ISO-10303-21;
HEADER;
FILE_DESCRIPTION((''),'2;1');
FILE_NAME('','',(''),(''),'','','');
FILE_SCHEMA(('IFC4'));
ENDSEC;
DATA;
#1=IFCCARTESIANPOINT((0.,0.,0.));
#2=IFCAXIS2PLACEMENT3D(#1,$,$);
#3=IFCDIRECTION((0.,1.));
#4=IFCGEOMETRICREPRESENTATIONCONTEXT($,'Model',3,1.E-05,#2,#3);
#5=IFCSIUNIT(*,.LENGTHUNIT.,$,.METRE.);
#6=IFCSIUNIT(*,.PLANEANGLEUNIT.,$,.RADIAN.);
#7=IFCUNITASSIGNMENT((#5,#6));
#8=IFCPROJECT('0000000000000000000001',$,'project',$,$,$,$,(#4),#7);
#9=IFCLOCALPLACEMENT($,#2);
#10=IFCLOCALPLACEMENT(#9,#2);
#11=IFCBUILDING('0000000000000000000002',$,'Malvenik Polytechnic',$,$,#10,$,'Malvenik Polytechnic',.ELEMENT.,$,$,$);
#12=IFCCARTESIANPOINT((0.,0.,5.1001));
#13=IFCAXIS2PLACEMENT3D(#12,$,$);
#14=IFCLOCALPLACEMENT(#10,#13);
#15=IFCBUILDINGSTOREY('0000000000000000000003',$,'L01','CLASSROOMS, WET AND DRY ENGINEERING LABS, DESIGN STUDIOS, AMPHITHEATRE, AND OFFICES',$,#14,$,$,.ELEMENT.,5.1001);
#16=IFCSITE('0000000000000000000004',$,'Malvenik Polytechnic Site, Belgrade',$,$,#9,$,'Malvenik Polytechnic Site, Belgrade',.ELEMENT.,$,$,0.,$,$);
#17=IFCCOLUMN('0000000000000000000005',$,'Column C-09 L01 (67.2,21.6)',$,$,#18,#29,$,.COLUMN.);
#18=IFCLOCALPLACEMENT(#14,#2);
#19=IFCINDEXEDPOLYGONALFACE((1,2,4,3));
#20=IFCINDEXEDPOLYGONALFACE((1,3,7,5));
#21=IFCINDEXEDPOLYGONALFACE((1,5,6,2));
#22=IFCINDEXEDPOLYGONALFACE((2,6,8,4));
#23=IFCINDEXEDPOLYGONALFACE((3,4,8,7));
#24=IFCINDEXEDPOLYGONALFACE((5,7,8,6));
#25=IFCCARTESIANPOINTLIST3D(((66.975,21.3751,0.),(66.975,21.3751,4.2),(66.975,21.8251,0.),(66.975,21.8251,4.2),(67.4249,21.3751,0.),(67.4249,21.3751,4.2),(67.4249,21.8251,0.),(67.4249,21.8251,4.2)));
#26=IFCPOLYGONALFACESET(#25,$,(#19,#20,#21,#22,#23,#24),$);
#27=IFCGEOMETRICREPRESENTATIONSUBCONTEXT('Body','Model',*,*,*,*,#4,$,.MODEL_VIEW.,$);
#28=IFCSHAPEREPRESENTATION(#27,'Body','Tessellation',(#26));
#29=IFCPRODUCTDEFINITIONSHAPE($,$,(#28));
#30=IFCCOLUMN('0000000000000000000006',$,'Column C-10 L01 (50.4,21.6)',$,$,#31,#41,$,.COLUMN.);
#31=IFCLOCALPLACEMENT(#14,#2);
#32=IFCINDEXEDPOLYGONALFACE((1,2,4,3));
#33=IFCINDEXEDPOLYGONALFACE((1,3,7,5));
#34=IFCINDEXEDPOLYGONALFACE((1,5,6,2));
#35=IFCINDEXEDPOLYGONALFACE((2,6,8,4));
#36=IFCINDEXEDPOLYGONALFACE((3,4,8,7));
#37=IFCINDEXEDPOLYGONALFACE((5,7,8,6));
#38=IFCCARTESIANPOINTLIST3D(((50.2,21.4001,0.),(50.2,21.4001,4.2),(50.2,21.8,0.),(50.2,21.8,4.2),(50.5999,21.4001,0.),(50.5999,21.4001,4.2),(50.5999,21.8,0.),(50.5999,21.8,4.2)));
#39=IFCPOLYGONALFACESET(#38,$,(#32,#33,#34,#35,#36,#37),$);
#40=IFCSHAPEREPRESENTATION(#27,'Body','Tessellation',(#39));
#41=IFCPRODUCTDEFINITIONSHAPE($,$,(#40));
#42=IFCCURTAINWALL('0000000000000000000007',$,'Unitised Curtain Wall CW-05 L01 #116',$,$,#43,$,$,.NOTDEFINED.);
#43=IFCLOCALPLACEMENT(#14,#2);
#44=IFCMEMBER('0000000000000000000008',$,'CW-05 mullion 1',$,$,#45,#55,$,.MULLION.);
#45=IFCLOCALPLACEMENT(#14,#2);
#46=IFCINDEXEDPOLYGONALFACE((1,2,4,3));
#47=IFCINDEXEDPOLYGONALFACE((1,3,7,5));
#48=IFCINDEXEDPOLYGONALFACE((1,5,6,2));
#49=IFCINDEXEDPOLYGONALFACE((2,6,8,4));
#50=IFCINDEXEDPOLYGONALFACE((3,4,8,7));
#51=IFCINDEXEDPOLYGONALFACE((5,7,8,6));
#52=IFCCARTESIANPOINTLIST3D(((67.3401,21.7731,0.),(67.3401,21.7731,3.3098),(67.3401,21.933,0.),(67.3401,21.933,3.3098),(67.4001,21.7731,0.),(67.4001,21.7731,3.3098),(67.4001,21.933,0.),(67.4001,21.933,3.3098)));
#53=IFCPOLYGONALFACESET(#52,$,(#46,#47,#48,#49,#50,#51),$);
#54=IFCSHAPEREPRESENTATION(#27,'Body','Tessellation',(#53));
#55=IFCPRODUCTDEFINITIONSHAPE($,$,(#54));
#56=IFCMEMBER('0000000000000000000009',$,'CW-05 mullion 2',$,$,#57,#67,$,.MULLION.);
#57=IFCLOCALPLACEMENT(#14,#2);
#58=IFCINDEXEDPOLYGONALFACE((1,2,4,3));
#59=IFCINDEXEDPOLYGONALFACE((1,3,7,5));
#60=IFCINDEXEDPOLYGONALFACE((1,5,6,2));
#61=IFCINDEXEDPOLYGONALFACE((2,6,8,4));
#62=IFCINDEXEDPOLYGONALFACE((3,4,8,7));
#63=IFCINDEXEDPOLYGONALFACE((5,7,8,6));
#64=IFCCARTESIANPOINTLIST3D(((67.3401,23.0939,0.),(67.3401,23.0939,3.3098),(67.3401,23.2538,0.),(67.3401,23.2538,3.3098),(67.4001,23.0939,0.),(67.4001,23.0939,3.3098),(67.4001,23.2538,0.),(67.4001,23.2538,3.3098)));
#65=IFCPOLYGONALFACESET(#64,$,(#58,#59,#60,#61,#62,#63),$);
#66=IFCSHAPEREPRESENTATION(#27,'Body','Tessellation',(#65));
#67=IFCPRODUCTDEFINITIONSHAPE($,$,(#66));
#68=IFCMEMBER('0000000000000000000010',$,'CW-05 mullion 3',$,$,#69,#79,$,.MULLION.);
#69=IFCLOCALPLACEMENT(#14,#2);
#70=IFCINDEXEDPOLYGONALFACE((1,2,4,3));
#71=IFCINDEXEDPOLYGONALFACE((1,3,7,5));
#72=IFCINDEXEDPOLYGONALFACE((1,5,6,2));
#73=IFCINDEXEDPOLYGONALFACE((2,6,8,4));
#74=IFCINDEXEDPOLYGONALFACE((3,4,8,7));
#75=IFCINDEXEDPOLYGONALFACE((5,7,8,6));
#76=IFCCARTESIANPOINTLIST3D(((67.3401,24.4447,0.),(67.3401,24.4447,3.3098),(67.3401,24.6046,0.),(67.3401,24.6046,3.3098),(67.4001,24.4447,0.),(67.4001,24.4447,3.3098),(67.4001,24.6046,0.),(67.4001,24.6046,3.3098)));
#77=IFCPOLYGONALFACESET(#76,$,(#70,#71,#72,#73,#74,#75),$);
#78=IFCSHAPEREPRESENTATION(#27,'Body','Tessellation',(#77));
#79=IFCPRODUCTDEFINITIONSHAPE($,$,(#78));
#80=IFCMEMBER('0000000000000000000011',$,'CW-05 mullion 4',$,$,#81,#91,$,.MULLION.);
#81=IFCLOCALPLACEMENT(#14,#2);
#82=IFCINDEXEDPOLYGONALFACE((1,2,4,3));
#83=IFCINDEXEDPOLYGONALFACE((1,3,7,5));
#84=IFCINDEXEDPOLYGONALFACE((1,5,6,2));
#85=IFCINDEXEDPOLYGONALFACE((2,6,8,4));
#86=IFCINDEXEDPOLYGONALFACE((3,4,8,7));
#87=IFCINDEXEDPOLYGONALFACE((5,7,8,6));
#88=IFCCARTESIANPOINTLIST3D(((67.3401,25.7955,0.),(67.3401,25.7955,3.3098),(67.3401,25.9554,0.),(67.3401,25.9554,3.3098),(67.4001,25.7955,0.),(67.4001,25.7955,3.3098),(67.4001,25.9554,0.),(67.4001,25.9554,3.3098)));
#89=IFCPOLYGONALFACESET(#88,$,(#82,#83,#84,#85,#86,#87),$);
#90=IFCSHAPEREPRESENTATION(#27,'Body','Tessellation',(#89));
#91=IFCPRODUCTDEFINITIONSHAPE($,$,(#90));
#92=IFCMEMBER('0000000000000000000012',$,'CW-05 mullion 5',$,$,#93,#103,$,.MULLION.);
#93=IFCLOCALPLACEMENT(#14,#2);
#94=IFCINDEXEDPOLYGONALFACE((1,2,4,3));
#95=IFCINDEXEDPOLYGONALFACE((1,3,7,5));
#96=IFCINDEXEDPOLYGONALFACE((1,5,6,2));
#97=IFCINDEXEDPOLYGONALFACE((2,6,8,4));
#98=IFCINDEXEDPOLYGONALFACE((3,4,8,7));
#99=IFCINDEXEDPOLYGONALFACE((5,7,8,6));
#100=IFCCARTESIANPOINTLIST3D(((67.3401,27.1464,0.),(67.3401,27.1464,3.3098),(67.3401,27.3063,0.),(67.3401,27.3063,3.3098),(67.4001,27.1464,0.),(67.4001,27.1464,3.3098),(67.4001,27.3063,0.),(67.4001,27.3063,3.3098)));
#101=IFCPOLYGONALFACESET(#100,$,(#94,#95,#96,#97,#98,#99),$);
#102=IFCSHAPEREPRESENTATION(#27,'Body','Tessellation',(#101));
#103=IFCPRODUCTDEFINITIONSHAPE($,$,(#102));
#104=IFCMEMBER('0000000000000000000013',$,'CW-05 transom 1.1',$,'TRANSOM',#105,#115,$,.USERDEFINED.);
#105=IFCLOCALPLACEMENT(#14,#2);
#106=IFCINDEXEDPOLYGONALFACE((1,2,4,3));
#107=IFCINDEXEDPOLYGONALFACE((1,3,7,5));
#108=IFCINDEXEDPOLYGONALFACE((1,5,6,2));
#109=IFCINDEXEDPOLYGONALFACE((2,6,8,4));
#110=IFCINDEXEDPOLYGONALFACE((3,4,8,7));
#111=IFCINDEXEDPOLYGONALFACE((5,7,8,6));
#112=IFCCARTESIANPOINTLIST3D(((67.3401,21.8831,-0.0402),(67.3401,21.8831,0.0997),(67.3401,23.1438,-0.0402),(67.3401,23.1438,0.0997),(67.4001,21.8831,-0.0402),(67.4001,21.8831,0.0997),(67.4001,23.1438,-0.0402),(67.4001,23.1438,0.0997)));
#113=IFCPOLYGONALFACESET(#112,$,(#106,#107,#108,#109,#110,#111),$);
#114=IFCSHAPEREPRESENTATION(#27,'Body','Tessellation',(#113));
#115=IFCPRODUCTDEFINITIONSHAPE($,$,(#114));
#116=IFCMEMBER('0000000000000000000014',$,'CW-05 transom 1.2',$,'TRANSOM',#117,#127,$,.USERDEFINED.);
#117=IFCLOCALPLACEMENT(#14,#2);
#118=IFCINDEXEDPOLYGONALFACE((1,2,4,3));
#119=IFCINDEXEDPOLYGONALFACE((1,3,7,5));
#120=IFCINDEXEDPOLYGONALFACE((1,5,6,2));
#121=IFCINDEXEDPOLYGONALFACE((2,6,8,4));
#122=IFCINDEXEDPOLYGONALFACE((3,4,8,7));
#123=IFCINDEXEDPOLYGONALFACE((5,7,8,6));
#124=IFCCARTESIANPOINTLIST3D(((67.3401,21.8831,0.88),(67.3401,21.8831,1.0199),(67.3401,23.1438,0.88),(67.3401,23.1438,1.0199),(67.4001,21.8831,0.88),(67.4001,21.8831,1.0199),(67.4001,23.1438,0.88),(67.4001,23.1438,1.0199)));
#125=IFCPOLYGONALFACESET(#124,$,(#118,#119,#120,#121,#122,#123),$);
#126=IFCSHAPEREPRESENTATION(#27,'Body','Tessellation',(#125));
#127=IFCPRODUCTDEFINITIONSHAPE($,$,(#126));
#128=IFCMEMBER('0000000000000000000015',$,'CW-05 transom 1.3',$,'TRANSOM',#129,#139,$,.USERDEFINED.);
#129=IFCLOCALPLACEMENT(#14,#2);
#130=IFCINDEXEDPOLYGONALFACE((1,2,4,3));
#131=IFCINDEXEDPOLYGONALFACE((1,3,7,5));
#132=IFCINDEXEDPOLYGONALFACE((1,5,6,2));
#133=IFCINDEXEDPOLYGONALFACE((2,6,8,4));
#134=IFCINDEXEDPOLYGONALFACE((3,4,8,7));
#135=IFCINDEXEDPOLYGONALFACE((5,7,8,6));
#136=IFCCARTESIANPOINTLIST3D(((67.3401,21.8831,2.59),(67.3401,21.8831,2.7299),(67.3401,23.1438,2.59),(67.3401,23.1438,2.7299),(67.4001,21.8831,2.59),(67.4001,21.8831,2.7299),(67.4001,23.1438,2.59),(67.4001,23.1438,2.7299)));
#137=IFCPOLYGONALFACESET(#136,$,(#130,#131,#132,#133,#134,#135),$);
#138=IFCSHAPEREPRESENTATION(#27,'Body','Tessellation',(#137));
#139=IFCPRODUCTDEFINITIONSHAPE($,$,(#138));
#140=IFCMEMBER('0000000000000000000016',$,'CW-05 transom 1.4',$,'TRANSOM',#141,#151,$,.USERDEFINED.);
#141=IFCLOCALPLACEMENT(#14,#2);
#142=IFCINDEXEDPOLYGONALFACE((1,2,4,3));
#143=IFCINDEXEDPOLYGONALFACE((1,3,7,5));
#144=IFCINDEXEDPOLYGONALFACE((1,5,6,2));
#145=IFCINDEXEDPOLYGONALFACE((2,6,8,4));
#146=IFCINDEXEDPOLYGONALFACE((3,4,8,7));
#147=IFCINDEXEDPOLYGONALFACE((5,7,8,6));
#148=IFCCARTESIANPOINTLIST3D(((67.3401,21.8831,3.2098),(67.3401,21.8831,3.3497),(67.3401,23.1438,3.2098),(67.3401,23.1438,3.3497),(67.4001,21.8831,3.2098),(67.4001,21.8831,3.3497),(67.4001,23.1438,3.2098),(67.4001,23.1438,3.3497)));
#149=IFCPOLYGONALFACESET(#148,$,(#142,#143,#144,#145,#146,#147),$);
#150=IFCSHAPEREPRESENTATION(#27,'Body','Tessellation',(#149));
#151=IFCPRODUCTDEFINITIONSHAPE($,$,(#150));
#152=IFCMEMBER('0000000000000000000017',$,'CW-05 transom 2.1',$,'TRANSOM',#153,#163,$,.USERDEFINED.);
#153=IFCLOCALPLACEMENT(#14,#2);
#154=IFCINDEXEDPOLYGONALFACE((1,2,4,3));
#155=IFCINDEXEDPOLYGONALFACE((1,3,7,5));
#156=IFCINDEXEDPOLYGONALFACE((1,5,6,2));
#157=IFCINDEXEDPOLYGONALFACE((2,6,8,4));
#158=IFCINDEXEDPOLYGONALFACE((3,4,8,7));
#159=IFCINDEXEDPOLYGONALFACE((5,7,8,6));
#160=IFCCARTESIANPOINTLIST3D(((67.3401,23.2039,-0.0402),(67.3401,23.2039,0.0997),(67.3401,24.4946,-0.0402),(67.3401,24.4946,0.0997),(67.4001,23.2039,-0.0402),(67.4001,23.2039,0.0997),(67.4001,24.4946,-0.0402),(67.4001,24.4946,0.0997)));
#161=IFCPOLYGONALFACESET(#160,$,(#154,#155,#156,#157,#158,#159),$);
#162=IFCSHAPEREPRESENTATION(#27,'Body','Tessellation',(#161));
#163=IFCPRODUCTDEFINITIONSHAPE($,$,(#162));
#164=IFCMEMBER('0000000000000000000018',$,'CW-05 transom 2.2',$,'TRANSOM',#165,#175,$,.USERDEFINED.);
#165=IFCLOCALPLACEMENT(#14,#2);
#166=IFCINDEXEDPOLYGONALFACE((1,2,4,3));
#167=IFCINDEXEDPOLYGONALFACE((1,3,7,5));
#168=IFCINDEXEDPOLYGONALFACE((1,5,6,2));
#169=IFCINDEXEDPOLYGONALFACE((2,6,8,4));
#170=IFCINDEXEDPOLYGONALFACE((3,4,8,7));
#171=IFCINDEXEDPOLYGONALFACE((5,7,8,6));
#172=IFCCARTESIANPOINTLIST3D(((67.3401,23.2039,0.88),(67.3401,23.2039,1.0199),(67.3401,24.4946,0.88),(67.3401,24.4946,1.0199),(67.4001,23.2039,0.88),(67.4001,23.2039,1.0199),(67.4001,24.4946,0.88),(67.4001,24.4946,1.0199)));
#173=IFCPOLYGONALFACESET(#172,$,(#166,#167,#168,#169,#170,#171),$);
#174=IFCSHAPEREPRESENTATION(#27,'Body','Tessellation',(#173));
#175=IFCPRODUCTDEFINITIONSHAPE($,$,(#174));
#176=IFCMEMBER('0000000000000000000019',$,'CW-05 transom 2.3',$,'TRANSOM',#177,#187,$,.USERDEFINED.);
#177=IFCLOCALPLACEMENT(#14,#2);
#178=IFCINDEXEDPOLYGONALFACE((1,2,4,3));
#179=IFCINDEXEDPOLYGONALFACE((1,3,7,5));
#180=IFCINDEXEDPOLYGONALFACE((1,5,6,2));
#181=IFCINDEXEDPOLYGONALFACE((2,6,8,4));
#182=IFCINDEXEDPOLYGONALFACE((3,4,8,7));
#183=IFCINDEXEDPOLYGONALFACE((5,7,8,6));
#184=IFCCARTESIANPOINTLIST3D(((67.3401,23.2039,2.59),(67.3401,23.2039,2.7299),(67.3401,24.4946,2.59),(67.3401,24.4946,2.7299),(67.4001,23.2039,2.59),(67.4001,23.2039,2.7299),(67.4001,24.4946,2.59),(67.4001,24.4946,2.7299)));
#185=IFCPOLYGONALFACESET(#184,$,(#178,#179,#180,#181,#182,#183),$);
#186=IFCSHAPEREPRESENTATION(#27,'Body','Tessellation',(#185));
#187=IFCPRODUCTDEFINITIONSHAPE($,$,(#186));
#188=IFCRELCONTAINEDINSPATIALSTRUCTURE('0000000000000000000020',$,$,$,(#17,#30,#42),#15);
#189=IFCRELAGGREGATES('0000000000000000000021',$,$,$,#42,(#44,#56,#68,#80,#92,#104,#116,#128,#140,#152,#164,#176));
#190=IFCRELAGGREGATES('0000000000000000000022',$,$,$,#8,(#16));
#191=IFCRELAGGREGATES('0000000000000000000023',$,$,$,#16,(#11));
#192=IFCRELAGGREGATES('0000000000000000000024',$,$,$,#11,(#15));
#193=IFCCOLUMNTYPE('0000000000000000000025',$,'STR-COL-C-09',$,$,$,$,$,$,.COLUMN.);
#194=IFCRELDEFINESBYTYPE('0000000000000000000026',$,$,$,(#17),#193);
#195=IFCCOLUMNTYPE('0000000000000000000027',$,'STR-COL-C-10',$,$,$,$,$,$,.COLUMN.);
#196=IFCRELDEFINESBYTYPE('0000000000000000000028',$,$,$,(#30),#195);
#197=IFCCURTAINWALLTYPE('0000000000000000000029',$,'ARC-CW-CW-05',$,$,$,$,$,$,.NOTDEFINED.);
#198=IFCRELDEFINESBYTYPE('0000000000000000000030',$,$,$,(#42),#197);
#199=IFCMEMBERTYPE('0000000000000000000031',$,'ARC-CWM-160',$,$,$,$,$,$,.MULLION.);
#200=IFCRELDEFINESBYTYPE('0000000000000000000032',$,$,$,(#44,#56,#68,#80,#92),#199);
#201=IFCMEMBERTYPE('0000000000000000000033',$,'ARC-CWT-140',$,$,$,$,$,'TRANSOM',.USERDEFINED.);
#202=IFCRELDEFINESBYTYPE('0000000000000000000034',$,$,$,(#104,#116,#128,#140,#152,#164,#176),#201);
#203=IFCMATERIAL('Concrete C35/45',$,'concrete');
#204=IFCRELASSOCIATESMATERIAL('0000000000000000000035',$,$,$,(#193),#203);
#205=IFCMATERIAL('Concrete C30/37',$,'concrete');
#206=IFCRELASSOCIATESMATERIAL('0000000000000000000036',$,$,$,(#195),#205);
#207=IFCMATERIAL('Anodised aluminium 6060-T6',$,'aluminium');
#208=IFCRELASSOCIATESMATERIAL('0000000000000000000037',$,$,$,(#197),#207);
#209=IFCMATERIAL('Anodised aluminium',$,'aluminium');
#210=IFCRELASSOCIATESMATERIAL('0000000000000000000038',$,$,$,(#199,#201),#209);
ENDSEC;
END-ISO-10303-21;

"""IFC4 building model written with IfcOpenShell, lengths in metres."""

from ifc_helpers import new_model, si_unit, direction, frame, origin, origin_2d, place, context, subcontext, project, spatial, rectangle, extrude, material, material_profile, profile_set, type_object, element, aggregate, save


model = new_model("IFC4")

# Units and contexts
model_context = context("Model", 3, precision=1e-05, world=origin(), true_north=direction((0.0, 1.0)))
body_context = subcontext(model_context, "Body", "Model", "MODEL_VIEW")
ifc_project = project(units=[si_unit("LENGTHUNIT", "METRE"), si_unit("PLANEANGLEUNIT", "RADIAN")], contexts=[model_context])

# Site, building, storey
site_placement = place(None, origin())
site = spatial("IfcSite", under=ifc_project, at=site_placement, Name="Malvenik Polytechnic Site, Belgrade", LongName="Malvenik Polytechnic Site, Belgrade", CompositionType="ELEMENT", RefElevation=0.0)
building_placement = place(site_placement, origin())
building = spatial("IfcBuilding", under=site, at=building_placement, Name="Malvenik Polytechnic", LongName="Malvenik Polytechnic", CompositionType="ELEMENT")
storey_placement = place(building_placement, frame((0.0, 0.0, 5.1001)))
storey = spatial("IfcBuildingStorey", under=building, at=storey_placement, Name="L01", Description="CLASSROOMS, WET AND DRY ENGINEERING LABS, DESIGN STUDIOS, AMPHITHEATRE, AND OFFICES", CompositionType="ELEMENT", Elevation=5.1001)

# Columns
ifc_material_1 = material(Name="Concrete C35/45", Category="concrete")
ifc_material_profile_1 = material_profile(ifc_material_1, rectangle(XDim=0.45, YDim=0.45, at=origin_2d()), Name="RC COL 450x450")
ifc_profile_set_1 = profile_set([ifc_material_profile_1], Name="Concrete C35/45")
column_type_1 = type_object("IfcColumnType", Name="STR-COL-C-09", PredefinedType="COLUMN", material=ifc_profile_set_1)
column_1_placement = place(storey_placement, frame((67.2, 21.6001, 0.0), z_axis=(0.0, 0.0, 1.0), x_axis=(1.0, 0.0, 0.0)))
element("IfcColumn", 1, at=column_1_placement, inside=storey, type_object=column_type_1, Name="Column C-09 L01 (67.2,21.6)", PredefinedType="COLUMN", context=body_context, shape_type="SweptSolid", body=[
    extrude(rectangle(XDim=0.45, YDim=0.45, at=origin_2d()), origin(), (0.0, 0.0, 1.0), 4.2),
])
ifc_material_2 = material(Name="Concrete C30/37", Category="concrete")
ifc_material_profile_2 = material_profile(ifc_material_2, rectangle(XDim=0.3999, YDim=0.3999, at=origin_2d()), Name="RC COL 400x400")
ifc_profile_set_2 = profile_set([ifc_material_profile_2], Name="Concrete C30/37")
column_type_2 = type_object("IfcColumnType", Name="STR-COL-C-10", PredefinedType="COLUMN", material=ifc_profile_set_2)
column_2_placement = place(storey_placement, frame((50.3999, 21.6001, 0.0), z_axis=(0.0, 0.0, 1.0), x_axis=(1.0, 0.0, 0.0)))
element("IfcColumn", 2, at=column_2_placement, inside=storey, type_object=column_type_2, Name="Column C-10 L01 (50.4,21.6)", PredefinedType="COLUMN", context=body_context, shape_type="SweptSolid", body=[
    extrude(rectangle(XDim=0.3999, YDim=0.3999, at=origin_2d()), origin(), (0.0, 0.0, 1.0), 4.2),
])

# Curtain wall, members
ifc_material_3 = material(Name="Anodised aluminium 6060-T6", Category="aluminium")
curtain_wall_type = type_object("IfcCurtainWallType", Name="ARC-CW-CW-05", PredefinedType="NOTDEFINED", material=ifc_material_3)
curtain_wall_placement = place(storey_placement, origin())
curtain_wall = element("IfcCurtainWall", 3, at=curtain_wall_placement, inside=storey, type_object=curtain_wall_type, Name="Unitised Curtain Wall CW-05 L01 #116", PredefinedType="NOTDEFINED")
ifc_material_4 = material(Name="Anodised aluminium", Category="aluminium")
ifc_material_profile_3 = material_profile(ifc_material_4, rectangle(XDim=0.0601, YDim=0.1599, at=origin_2d()), Name="ALU MULLION 60x160")
ifc_profile_set_3 = profile_set([ifc_material_profile_3], Name="Anodised aluminium")
member_type_1 = type_object("IfcMemberType", Name="ARC-CWM-160", PredefinedType="MULLION", material=ifc_profile_set_3)
member_1_placement = place(storey_placement, frame((67.3701, 21.853, 0.0), z_axis=(0.0, 0.0, 1.0), x_axis=(-1.0, 0.0, 0.0)))
member_1 = element("IfcMember", 4, at=member_1_placement, type_object=member_type_1, Name="CW-05 mullion 1", PredefinedType="MULLION", context=body_context, shape_type="SweptSolid", body=[
    extrude(rectangle(XDim=0.0601, YDim=0.1599, at=origin_2d()), origin(), (0.0, 0.0, 1.0), 3.3098),
])
member_2_placement = place(storey_placement, frame((67.3701, 23.1738, 0.0), z_axis=(0.0, 0.0, 1.0), x_axis=(-1.0, 0.0, 0.0)))
member_2 = element("IfcMember", 5, at=member_2_placement, type_object=member_type_1, Name="CW-05 mullion 2", PredefinedType="MULLION", context=body_context, shape_type="SweptSolid", body=[
    extrude(rectangle(XDim=0.0601, YDim=0.1599, at=origin_2d()), origin(), (0.0, 0.0, 1.0), 3.3098),
])
member_3_placement = place(storey_placement, frame((67.3701, 24.5247, 0.0), z_axis=(0.0, 0.0, 1.0), x_axis=(-1.0, 0.0, 0.0)))
member_3 = element("IfcMember", 6, at=member_3_placement, type_object=member_type_1, Name="CW-05 mullion 3", PredefinedType="MULLION", context=body_context, shape_type="SweptSolid", body=[
    extrude(rectangle(XDim=0.0601, YDim=0.1599, at=origin_2d()), origin(), (0.0, 0.0, 1.0), 3.3098),
])
member_4_placement = place(storey_placement, frame((67.3701, 25.8755, 0.0), z_axis=(0.0, 0.0, 1.0), x_axis=(-1.0, 0.0, 0.0)))
member_4 = element("IfcMember", 7, at=member_4_placement, type_object=member_type_1, Name="CW-05 mullion 4", PredefinedType="MULLION", context=body_context, shape_type="SweptSolid", body=[
    extrude(rectangle(XDim=0.0601, YDim=0.1599, at=origin_2d()), origin(), (0.0, 0.0, 1.0), 3.3098),
])
member_5_placement = place(storey_placement, frame((67.3701, 27.2263, 0.0), z_axis=(0.0, 0.0, 1.0), x_axis=(-1.0, 0.0, 0.0)))
member_5 = element("IfcMember", 8, at=member_5_placement, type_object=member_type_1, Name="CW-05 mullion 5", PredefinedType="MULLION", context=body_context, shape_type="SweptSolid", body=[
    extrude(rectangle(XDim=0.0601, YDim=0.1599, at=origin_2d()), origin(), (0.0, 0.0, 1.0), 3.3098),
])
ifc_material_profile_4 = material_profile(ifc_material_4, rectangle(XDim=0.0601, YDim=0.1399, at=origin_2d()), Name="ALU TRANSOM 60x140")
ifc_profile_set_4 = profile_set([ifc_material_profile_4], Name="Anodised aluminium")
member_type_2 = type_object("IfcMemberType", Name="ARC-CWT-140", ElementType="TRANSOM", PredefinedType="USERDEFINED", material=ifc_profile_set_4)
member_6_placement = place(storey_placement, frame((67.3701, 21.8831, 0.0298), z_axis=(0.0, 1.0, 0.0), x_axis=(-1.0, 0.0, 0.0)))
member_6 = element("IfcMember", 9, at=member_6_placement, type_object=member_type_2, Name="CW-05 transom 1.1", ObjectType="TRANSOM", PredefinedType="USERDEFINED", context=body_context, shape_type="SweptSolid", body=[
    extrude(rectangle(XDim=0.0601, YDim=0.1399, at=origin_2d()), origin(), (0.0, 0.0, 1.0), 1.2607),
])
member_7_placement = place(storey_placement, frame((67.3701, 21.8831, 0.95), z_axis=(0.0, 1.0, 0.0), x_axis=(-1.0, 0.0, 0.0)))
member_7 = element("IfcMember", 10, at=member_7_placement, type_object=member_type_2, Name="CW-05 transom 1.2", ObjectType="TRANSOM", PredefinedType="USERDEFINED", context=body_context, shape_type="SweptSolid", body=[
    extrude(rectangle(XDim=0.0601, YDim=0.1399, at=origin_2d()), origin(), (0.0, 0.0, 1.0), 1.2607),
])
member_8_placement = place(storey_placement, frame((67.3701, 21.8831, 2.6599), z_axis=(0.0, 1.0, 0.0), x_axis=(-1.0, 0.0, 0.0)))
member_8 = element("IfcMember", 11, at=member_8_placement, type_object=member_type_2, Name="CW-05 transom 1.3", ObjectType="TRANSOM", PredefinedType="USERDEFINED", context=body_context, shape_type="SweptSolid", body=[
    extrude(rectangle(XDim=0.0601, YDim=0.1399, at=origin_2d()), origin(), (0.0, 0.0, 1.0), 1.2607),
])
member_9_placement = place(storey_placement, frame((67.3701, 21.8831, 3.2798), z_axis=(0.0, 1.0, 0.0), x_axis=(-1.0, 0.0, 0.0)))
member_9 = element("IfcMember", 12, at=member_9_placement, type_object=member_type_2, Name="CW-05 transom 1.4", ObjectType="TRANSOM", PredefinedType="USERDEFINED", context=body_context, shape_type="SweptSolid", body=[
    extrude(rectangle(XDim=0.0601, YDim=0.1399, at=origin_2d()), origin(), (0.0, 0.0, 1.0), 1.2607),
])
member_10_placement = place(storey_placement, frame((67.3701, 23.2039, 0.0298), z_axis=(0.0, 1.0, 0.0), x_axis=(-1.0, 0.0, 0.0)))
member_10 = element("IfcMember", 13, at=member_10_placement, type_object=member_type_2, Name="CW-05 transom 2.1", ObjectType="TRANSOM", PredefinedType="USERDEFINED", context=body_context, shape_type="SweptSolid", body=[
    extrude(rectangle(XDim=0.0601, YDim=0.1399, at=origin_2d()), origin(), (0.0, 0.0, 1.0), 1.2908),
])
member_11_placement = place(storey_placement, frame((67.3701, 23.2039, 0.95), z_axis=(0.0, 1.0, 0.0), x_axis=(-1.0, 0.0, 0.0)))
member_11 = element("IfcMember", 14, at=member_11_placement, type_object=member_type_2, Name="CW-05 transom 2.2", ObjectType="TRANSOM", PredefinedType="USERDEFINED", context=body_context, shape_type="SweptSolid", body=[
    extrude(rectangle(XDim=0.0601, YDim=0.1399, at=origin_2d()), origin(), (0.0, 0.0, 1.0), 1.2908),
])
member_12_placement = place(storey_placement, frame((67.3701, 23.2039, 2.6599), z_axis=(0.0, 1.0, 0.0), x_axis=(-1.0, 0.0, 0.0)))
member_12 = element("IfcMember", 15, at=member_12_placement, type_object=member_type_2, Name="CW-05 transom 2.3", ObjectType="TRANSOM", PredefinedType="USERDEFINED", context=body_context, shape_type="SweptSolid", body=[
    extrude(rectangle(XDim=0.0601, YDim=0.1399, at=origin_2d()), origin(), (0.0, 0.0, 1.0), 1.2908),
])

aggregate(curtain_wall, [member_1, member_2, member_3, member_4, member_5, member_6, member_7, member_8, member_9, member_10, member_11, member_12])

save(model, "model.ifc")
